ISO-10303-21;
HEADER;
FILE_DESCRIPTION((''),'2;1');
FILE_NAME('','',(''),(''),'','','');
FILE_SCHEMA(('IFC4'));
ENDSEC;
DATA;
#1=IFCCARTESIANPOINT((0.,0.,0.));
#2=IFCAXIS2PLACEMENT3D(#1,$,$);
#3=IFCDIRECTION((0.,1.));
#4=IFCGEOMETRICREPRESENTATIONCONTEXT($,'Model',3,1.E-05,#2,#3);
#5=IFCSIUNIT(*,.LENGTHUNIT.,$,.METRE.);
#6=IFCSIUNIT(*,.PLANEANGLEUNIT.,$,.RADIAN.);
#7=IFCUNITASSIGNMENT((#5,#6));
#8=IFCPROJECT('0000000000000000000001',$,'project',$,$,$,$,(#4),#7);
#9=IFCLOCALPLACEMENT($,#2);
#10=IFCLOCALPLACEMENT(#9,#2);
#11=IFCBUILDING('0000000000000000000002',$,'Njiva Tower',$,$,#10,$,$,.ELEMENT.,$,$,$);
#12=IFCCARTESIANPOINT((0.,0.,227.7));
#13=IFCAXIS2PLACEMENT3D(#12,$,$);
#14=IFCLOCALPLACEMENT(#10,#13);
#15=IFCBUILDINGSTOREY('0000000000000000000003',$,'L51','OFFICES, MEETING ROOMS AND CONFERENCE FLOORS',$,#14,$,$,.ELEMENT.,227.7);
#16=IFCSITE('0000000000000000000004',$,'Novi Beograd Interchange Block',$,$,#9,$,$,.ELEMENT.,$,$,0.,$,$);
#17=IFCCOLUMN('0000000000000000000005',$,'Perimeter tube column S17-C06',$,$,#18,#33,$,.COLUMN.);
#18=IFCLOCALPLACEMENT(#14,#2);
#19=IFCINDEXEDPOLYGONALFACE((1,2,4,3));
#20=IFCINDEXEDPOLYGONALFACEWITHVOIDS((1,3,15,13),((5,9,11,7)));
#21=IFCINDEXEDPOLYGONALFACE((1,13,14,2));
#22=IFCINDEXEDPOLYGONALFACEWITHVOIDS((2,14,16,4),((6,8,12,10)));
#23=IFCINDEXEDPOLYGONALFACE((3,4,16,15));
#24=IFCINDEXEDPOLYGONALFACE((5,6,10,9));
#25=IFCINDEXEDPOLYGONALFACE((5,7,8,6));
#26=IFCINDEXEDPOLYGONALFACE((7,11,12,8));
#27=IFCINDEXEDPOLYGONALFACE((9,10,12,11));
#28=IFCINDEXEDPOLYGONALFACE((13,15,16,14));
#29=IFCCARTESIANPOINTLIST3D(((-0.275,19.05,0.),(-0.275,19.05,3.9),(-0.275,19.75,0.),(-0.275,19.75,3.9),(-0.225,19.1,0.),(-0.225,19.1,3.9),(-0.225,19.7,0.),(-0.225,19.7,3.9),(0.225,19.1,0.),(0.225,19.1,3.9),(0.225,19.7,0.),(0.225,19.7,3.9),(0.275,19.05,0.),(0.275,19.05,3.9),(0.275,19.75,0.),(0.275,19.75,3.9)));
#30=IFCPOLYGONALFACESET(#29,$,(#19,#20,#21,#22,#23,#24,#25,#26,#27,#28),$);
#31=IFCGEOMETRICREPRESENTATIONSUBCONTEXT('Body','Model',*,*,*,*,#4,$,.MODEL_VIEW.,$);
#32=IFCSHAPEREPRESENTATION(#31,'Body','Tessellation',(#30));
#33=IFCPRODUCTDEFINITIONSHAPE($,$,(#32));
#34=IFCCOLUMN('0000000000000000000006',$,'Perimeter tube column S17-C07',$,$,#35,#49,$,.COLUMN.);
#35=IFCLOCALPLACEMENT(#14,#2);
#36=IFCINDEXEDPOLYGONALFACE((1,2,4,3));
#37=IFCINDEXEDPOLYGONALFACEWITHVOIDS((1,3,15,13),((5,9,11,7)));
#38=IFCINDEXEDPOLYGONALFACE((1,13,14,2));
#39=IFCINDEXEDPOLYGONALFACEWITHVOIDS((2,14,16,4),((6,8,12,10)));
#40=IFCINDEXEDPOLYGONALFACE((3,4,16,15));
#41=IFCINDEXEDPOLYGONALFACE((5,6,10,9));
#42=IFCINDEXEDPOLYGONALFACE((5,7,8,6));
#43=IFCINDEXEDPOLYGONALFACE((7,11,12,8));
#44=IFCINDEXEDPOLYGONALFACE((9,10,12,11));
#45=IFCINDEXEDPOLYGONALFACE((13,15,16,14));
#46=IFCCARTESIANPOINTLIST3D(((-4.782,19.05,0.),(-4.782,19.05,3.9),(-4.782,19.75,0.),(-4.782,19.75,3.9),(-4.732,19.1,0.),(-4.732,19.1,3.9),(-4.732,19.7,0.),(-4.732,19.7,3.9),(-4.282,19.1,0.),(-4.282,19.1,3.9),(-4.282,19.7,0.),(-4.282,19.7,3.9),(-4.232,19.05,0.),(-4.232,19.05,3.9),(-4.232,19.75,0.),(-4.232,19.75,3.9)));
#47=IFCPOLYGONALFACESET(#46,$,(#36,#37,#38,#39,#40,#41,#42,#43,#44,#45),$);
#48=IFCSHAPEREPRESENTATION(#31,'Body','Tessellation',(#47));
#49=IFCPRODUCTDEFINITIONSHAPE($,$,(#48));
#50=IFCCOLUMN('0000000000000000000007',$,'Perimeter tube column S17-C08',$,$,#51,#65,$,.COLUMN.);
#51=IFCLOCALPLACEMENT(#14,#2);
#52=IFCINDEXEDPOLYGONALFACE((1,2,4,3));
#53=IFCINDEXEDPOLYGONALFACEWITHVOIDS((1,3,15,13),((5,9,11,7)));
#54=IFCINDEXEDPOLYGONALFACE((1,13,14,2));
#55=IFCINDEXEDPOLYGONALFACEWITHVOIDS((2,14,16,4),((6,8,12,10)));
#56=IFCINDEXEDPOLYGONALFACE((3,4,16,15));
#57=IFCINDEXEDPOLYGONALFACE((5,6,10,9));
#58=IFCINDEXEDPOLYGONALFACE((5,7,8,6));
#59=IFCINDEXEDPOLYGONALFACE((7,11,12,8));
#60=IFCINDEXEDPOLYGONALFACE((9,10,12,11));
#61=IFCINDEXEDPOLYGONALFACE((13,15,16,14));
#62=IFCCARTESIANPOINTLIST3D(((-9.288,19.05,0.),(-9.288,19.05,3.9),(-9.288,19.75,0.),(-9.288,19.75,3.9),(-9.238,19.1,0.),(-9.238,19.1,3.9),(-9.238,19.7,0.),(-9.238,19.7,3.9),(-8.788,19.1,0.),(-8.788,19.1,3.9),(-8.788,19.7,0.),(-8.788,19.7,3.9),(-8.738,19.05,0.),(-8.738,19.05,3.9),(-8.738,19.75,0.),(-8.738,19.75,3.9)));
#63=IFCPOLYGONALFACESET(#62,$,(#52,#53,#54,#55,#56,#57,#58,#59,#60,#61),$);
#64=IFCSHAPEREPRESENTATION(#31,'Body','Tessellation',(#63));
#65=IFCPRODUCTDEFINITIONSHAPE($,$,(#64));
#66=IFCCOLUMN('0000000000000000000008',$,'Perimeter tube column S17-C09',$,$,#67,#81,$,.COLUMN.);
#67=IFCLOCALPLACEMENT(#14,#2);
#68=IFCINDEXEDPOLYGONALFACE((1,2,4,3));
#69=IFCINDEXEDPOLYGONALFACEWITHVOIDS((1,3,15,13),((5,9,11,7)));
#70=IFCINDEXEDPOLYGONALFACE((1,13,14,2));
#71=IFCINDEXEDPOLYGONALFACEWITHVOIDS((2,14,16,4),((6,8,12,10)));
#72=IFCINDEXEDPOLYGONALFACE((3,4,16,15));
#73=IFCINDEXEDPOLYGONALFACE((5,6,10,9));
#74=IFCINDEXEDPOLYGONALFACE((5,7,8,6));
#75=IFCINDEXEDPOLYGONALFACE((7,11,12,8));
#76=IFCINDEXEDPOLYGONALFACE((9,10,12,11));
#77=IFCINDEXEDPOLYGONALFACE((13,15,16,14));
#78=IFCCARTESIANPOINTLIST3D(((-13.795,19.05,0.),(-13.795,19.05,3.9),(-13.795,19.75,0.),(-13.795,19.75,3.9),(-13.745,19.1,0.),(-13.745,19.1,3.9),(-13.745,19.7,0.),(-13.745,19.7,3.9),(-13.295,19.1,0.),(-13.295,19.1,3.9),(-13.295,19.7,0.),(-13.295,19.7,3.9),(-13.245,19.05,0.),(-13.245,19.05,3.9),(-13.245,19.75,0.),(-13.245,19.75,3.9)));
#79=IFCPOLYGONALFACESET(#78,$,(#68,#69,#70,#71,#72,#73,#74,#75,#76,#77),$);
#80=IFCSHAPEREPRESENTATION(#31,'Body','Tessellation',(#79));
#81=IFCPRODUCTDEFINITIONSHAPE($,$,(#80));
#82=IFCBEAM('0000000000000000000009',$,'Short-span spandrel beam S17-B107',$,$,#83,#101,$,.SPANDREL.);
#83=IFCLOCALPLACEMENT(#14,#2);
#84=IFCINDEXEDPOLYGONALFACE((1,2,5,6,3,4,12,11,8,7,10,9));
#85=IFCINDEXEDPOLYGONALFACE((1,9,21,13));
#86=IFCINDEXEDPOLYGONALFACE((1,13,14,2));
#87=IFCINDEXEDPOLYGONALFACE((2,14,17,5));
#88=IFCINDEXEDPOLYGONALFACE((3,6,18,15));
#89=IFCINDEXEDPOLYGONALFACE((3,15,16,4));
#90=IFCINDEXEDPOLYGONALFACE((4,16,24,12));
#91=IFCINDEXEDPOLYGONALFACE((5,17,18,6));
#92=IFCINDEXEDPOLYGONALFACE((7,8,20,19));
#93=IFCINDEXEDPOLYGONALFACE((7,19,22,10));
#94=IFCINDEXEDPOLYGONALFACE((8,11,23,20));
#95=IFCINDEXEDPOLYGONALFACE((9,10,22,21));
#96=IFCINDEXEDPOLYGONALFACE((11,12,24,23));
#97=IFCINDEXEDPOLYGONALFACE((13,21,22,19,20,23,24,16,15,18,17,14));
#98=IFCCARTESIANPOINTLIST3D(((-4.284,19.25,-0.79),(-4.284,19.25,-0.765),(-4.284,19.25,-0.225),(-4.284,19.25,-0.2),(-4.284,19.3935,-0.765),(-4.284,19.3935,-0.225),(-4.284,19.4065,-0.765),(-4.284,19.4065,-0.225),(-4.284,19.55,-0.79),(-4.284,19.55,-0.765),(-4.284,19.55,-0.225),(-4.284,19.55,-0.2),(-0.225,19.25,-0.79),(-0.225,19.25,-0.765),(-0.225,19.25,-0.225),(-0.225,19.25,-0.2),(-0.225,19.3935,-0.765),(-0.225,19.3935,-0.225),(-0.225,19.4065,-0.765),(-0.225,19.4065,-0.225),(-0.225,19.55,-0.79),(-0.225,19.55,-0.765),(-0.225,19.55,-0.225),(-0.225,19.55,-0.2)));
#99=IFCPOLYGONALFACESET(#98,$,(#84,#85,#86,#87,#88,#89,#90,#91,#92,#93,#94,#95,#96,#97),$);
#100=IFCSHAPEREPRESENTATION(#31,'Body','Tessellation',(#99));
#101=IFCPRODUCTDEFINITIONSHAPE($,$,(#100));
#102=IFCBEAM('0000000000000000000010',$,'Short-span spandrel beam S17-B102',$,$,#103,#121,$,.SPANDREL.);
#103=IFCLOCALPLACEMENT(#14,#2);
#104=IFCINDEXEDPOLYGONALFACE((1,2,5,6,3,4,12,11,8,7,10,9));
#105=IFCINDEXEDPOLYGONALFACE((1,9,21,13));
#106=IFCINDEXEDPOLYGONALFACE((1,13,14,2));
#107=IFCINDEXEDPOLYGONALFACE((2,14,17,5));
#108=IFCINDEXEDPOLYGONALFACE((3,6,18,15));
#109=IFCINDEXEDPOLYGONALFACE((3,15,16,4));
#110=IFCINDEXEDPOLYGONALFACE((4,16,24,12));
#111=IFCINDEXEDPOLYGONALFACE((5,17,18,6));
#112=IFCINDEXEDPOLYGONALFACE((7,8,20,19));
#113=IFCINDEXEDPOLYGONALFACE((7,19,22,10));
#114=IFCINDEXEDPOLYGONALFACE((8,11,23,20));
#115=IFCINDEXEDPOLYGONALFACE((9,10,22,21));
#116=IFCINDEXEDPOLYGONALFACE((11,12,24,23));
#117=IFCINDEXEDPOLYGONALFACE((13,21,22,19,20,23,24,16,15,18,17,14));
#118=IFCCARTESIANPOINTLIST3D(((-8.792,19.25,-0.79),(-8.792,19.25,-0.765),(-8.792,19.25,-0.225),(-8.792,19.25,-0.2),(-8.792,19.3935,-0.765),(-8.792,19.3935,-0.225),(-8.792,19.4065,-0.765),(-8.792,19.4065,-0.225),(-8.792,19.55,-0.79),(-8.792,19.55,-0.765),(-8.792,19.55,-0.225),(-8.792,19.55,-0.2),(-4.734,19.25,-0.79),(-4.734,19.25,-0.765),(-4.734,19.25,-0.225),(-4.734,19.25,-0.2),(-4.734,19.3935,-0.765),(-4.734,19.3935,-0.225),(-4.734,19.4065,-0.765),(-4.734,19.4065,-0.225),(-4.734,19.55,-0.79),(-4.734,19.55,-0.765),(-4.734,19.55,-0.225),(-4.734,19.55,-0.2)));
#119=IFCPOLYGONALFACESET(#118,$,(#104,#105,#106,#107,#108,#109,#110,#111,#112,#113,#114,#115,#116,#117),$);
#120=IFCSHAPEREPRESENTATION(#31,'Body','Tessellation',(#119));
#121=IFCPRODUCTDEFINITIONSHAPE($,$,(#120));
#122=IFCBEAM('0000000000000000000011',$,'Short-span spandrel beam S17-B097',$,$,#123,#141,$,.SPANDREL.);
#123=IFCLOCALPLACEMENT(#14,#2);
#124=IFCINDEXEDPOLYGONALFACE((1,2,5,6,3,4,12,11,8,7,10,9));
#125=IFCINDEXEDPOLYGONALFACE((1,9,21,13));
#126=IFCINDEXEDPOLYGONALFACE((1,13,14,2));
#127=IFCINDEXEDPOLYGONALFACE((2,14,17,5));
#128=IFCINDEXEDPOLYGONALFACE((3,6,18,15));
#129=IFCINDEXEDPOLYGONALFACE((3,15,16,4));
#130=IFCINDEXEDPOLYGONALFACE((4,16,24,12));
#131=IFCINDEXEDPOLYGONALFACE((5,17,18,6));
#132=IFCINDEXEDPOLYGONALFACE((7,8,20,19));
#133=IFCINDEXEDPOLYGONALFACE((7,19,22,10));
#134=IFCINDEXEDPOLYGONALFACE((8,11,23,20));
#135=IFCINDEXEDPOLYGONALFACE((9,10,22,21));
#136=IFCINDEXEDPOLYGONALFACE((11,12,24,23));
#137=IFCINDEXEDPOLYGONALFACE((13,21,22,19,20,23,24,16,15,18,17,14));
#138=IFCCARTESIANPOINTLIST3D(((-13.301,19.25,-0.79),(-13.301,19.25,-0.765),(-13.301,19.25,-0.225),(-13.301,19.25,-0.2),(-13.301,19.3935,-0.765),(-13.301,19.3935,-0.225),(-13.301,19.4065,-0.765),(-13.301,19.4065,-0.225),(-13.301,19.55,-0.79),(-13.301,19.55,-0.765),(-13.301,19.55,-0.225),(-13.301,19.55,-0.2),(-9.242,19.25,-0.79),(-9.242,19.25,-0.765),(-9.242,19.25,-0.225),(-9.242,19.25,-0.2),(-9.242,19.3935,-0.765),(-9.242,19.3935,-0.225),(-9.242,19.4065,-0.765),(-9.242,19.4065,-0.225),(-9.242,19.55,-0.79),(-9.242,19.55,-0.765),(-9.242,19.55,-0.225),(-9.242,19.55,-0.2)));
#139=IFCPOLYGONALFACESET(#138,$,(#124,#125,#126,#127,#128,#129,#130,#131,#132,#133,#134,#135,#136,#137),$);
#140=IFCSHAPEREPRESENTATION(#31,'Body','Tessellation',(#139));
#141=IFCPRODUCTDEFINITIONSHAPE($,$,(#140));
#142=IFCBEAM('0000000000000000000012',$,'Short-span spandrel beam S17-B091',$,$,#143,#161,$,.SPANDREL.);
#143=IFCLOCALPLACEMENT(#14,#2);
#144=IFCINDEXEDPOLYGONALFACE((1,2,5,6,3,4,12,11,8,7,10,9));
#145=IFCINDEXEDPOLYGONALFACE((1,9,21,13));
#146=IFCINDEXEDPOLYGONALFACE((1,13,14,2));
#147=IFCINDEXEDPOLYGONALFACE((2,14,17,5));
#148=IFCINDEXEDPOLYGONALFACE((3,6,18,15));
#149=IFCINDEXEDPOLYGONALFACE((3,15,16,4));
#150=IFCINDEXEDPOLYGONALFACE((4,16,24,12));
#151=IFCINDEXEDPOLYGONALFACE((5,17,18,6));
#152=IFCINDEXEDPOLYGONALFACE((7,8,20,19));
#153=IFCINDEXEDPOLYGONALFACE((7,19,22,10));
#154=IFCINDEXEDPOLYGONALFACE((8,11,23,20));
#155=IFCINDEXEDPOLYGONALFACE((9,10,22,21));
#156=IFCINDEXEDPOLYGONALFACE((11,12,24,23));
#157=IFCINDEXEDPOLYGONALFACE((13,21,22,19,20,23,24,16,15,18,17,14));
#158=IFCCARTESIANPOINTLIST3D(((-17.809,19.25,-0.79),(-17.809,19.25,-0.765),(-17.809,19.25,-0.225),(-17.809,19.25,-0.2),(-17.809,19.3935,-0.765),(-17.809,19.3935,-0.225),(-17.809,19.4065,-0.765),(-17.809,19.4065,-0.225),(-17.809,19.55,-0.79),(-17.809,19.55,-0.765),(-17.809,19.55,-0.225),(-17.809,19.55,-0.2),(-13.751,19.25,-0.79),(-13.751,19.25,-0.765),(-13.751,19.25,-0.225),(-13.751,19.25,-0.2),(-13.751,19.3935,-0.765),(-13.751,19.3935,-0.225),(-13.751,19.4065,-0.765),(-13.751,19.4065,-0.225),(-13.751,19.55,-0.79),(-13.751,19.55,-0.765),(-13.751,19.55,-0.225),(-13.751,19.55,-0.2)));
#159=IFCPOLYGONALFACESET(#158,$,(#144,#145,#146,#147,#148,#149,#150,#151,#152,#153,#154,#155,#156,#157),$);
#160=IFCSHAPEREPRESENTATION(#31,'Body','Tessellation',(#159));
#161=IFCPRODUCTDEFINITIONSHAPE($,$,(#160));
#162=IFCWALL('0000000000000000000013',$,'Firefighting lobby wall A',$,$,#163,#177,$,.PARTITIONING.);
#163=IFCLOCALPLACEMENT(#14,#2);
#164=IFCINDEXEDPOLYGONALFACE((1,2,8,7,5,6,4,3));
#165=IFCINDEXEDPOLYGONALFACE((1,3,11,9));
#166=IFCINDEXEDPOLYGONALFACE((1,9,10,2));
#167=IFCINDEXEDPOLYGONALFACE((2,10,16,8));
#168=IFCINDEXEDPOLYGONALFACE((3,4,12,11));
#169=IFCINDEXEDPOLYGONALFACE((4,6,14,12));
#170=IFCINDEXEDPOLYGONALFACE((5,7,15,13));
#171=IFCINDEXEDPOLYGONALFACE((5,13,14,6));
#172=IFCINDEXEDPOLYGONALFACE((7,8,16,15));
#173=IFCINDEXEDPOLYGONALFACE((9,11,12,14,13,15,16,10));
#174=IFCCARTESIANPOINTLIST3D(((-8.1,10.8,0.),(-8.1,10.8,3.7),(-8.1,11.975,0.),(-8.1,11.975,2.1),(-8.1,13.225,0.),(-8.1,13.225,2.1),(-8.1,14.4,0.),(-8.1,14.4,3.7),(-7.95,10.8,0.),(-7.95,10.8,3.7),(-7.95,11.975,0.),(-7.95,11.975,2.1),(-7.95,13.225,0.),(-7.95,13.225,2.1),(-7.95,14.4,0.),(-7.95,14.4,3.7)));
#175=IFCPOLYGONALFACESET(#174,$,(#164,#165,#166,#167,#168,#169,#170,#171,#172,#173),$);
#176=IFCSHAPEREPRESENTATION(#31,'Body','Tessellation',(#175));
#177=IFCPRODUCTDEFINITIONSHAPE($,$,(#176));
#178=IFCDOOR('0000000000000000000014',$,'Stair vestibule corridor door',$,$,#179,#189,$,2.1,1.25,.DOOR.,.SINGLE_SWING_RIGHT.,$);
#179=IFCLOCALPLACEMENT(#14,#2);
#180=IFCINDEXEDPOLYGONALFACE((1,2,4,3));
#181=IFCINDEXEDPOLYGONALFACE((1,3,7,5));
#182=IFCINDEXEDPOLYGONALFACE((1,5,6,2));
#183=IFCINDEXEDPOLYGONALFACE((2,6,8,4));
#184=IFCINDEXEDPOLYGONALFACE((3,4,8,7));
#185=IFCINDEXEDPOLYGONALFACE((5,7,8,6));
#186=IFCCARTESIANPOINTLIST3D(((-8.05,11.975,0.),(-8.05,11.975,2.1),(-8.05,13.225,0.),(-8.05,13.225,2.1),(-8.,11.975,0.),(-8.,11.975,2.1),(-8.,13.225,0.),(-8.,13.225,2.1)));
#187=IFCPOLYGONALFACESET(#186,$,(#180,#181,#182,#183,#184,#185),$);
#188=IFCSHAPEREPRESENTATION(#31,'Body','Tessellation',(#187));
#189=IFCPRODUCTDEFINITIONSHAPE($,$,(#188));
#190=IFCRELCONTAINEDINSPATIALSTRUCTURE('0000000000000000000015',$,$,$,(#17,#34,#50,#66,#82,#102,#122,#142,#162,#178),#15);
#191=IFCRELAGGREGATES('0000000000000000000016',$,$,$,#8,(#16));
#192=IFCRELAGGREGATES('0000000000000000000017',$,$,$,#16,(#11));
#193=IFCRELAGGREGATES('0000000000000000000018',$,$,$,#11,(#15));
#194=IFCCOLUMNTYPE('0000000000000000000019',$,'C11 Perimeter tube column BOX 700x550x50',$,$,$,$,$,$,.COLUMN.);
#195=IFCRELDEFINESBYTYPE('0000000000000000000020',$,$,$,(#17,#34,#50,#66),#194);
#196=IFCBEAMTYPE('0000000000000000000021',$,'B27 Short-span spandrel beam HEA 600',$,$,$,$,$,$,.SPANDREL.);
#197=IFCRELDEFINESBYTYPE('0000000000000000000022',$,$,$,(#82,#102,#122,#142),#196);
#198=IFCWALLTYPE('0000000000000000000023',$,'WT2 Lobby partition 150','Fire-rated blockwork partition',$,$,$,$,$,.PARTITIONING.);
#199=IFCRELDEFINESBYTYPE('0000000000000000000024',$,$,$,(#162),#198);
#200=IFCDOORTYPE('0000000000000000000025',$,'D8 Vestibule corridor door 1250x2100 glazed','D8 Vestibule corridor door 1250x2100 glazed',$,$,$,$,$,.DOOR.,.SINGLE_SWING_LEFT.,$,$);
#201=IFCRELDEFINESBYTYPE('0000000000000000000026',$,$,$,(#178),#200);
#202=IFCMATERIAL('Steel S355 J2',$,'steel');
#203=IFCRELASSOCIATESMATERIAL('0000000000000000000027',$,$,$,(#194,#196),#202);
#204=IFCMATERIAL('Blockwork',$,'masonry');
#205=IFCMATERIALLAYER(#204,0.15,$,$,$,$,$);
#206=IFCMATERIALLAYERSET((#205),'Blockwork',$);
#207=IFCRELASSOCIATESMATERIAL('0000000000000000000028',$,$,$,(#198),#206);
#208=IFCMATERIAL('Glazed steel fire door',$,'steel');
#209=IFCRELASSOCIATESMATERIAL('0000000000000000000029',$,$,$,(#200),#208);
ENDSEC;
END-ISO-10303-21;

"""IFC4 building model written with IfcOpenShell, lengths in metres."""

from ifc_helpers import new_model, si_unit, direction, frame, frame_2d, origin, origin_2d, place, context, subcontext, project, spatial, rectangle, hollow_rectangle, i_section, extrude, material, layer, layer_set, material_profile, profile_set, type_object, element, fill, save


model = new_model("IFC4")

# Units and contexts
model_context = context("Model", 3, precision=1e-05, world=origin(), true_north=direction((0.0, 1.0)))
body_context = subcontext(model_context, "Body", "Model", "MODEL_VIEW")
ifc_project = project(units=[si_unit("LENGTHUNIT", "METRE"), si_unit("PLANEANGLEUNIT", "RADIAN")], contexts=[model_context])

# Site, building, storey
site_placement = place(None, origin())
site = spatial("IfcSite", under=ifc_project, at=site_placement, Name="Novi Beograd Interchange Block", CompositionType="ELEMENT", RefElevation=0.0)
building_placement = place(site_placement, origin())
building = spatial("IfcBuilding", under=site, at=building_placement, Name="Njiva Tower", CompositionType="ELEMENT")
storey_placement = place(building_placement, frame((0.0, 0.0, 227.7)))
storey = spatial("IfcBuildingStorey", under=building, at=storey_placement, Name="L51", Description="OFFICES, MEETING ROOMS AND CONFERENCE FLOORS", CompositionType="ELEMENT", Elevation=227.7)

# Columns
ifc_material_1 = material(Name="Steel S355 J2", Category="steel")
ifc_material_profile_1 = material_profile(ifc_material_1, hollow_rectangle(XDim=0.55, YDim=0.7, WallThickness=0.05, at=origin_2d()), Name="BOX 700x550x50")
ifc_profile_set_1 = profile_set([ifc_material_profile_1], Name="Steel S355 J2")
column_type = type_object("IfcColumnType", Name="C11 Perimeter tube column BOX 700x550x50", PredefinedType="COLUMN", material=ifc_profile_set_1)
for number, where, z_axis, x_axis, name in (
    (1, (0.0, 19.4, 0.0), (0.0, 0.0, 1.0), (-1.0, 0.0, 0.0), "Perimeter tube column S17-C06"),
    (2, (-4.507, 19.4, 0.0), (0.0, 0.0, 1.0), (-1.0, 0.0, 0.0), "Perimeter tube column S17-C07"),
    (3, (-9.013, 19.4, 0.0), (0.0, 0.0, 1.0), (-1.0, 0.0, 0.0), "Perimeter tube column S17-C08"),
    (4, (-13.52, 19.4, 0.0), (0.0, 0.0, 1.0), (-1.0, 0.0, 0.0), "Perimeter tube column S17-C09"),
):
    element("IfcColumn", number, at=place(storey_placement, frame(where, z_axis=z_axis, x_axis=x_axis)), inside=storey, type_object=column_type, Name=name, PredefinedType="COLUMN", context=body_context, shape_type="SweptSolid", body=[
        extrude(hollow_rectangle(XDim=0.55, YDim=0.7, WallThickness=0.05, at=origin_2d()), origin(), (0.0, 0.0, 1.0), 3.9),
    ])

# Beams
ifc_material_profile_2 = material_profile(ifc_material_1, i_section(OverallWidth=0.3, OverallDepth=0.59, WebThickness=0.013, FlangeThickness=0.025, at=origin_2d()), Name="HEA 600")
ifc_profile_set_2 = profile_set([ifc_material_profile_2], Name="Steel S355 J2")
beam_type = type_object("IfcBeamType", Name="B27 Short-span spandrel beam HEA 600", PredefinedType="SPANDREL", material=ifc_profile_set_2)
beam_1_placement = place(storey_placement, frame((-0.225, 19.4, -0.495), z_axis=(-1.0, 0.0, 0.0), x_axis=(0.0, -1.0, 0.0)))
element("IfcBeam", 5, at=beam_1_placement, inside=storey, type_object=beam_type, Name="Short-span spandrel beam S17-B107", PredefinedType="SPANDREL", context=body_context, shape_type="SweptSolid", body=[
    extrude(i_section(OverallWidth=0.3, OverallDepth=0.59, WebThickness=0.013, FlangeThickness=0.025, at=origin_2d()), origin(), (0.0, 0.0, 1.0), 4.059),
])
beam_2_placement = place(storey_placement, frame((-4.734, 19.4, -0.495), z_axis=(-1.0, 0.0, 0.0), x_axis=(0.0, -1.0, 0.0)))
element("IfcBeam", 6, at=beam_2_placement, inside=storey, type_object=beam_type, Name="Short-span spandrel beam S17-B102", PredefinedType="SPANDREL", context=body_context, shape_type="SweptSolid", body=[
    extrude(i_section(OverallWidth=0.3, OverallDepth=0.59, WebThickness=0.013, FlangeThickness=0.025, at=origin_2d()), origin(), (0.0, 0.0, 1.0), 4.058),
])
beam_3_placement = place(storey_placement, frame((-9.242, 19.4, -0.495), z_axis=(-1.0, 0.0, 0.0), x_axis=(0.0, -1.0, 0.0)))
element("IfcBeam", 7, at=beam_3_placement, inside=storey, type_object=beam_type, Name="Short-span spandrel beam S17-B097", PredefinedType="SPANDREL", context=body_context, shape_type="SweptSolid", body=[
    extrude(i_section(OverallWidth=0.3, OverallDepth=0.59, WebThickness=0.013, FlangeThickness=0.025, at=origin_2d()), origin(), (0.0, 0.0, 1.0), 4.059),
])
beam_4_placement = place(storey_placement, frame((-13.751, 19.4, -0.495), z_axis=(-1.0, 0.0, 0.0), x_axis=(0.0, -1.0, 0.0)))
element("IfcBeam", 8, at=beam_4_placement, inside=storey, type_object=beam_type, Name="Short-span spandrel beam S17-B091", PredefinedType="SPANDREL", context=body_context, shape_type="SweptSolid", body=[
    extrude(i_section(OverallWidth=0.3, OverallDepth=0.59, WebThickness=0.013, FlangeThickness=0.025, at=origin_2d()), origin(), (0.0, 0.0, 1.0), 4.058),
])

# Wall, opening, door
ifc_material_2 = material(Name="Blockwork", Category="masonry")
ifc_layer_1 = layer(ifc_material_2, 0.15)
ifc_layer_set_1 = layer_set([ifc_layer_1], Name="Blockwork")
wall_type_1 = type_object("IfcWallType", Name="WT2 Lobby partition 150", Description="Fire-rated blockwork partition", PredefinedType="PARTITIONING", material=ifc_layer_set_1)
wall_1_placement = place(storey_placement, frame((-8.025, 10.8, 0.0), z_axis=(0.0, 0.0, 1.0), x_axis=(0.0, 1.0, 0.0)))
wall_1 = element("IfcWall", 9, at=wall_1_placement, inside=storey, type_object=wall_type_1, Name="Firefighting lobby wall A", PredefinedType="PARTITIONING", context=body_context, shape_type="SweptSolid", body=[
    extrude(rectangle(XDim=3.6, YDim=0.15, at=frame_2d((1.8, 0.0))), origin(), (0.0, 0.0, 1.0), 3.7),
])
opening_1_placement = place(wall_1_placement, frame((1.175, 0.0, 0.0)))
opening_1 = element("IfcOpeningElement", 10, at=opening_1_placement, cuts=wall_1, PredefinedType="OPENING", context=body_context, shape_type="SweptSolid", body=[
    extrude(rectangle(XDim=1.25, YDim=2.1, at=frame_2d((0.625, 1.05))), frame((0.0, 0.085, 0.0), z_axis=(0.0, -1.0, 0.0), x_axis=(1.0, 0.0, 0.0)), (0.0, 0.0, 1.0), 0.17),
])
ifc_material_3 = material(Name="Glazed steel fire door", Category="steel")
door_type_1 = type_object("IfcDoorType", Name="D8 Vestibule corridor door 1250x2100 glazed", Description="D8 Vestibule corridor door 1250x2100 glazed", OperationType="SINGLE_SWING_LEFT", PredefinedType="DOOR", material=ifc_material_3)
door_1_placement = place(opening_1_placement, origin())
door_1 = element("IfcDoor", 11, at=door_1_placement, inside=storey, type_object=door_type_1, Name="Stair vestibule corridor door", OperationType="SINGLE_SWING_RIGHT", OverallHeight=2.1, OverallWidth=1.25, PredefinedType="DOOR", context=body_context, shape_type="SweptSolid", body=[
    extrude(rectangle(XDim=1.25, YDim=2.1, at=frame_2d((0.625, 1.05))), frame((0.0, 0.025, 0.0), z_axis=(0.0, -1.0, 0.0), x_axis=(1.0, 0.0, 0.0)), (0.0, 0.0, 1.0), 0.05),
])
fill(opening_1, door_1)

save(model, "model.ifc")
